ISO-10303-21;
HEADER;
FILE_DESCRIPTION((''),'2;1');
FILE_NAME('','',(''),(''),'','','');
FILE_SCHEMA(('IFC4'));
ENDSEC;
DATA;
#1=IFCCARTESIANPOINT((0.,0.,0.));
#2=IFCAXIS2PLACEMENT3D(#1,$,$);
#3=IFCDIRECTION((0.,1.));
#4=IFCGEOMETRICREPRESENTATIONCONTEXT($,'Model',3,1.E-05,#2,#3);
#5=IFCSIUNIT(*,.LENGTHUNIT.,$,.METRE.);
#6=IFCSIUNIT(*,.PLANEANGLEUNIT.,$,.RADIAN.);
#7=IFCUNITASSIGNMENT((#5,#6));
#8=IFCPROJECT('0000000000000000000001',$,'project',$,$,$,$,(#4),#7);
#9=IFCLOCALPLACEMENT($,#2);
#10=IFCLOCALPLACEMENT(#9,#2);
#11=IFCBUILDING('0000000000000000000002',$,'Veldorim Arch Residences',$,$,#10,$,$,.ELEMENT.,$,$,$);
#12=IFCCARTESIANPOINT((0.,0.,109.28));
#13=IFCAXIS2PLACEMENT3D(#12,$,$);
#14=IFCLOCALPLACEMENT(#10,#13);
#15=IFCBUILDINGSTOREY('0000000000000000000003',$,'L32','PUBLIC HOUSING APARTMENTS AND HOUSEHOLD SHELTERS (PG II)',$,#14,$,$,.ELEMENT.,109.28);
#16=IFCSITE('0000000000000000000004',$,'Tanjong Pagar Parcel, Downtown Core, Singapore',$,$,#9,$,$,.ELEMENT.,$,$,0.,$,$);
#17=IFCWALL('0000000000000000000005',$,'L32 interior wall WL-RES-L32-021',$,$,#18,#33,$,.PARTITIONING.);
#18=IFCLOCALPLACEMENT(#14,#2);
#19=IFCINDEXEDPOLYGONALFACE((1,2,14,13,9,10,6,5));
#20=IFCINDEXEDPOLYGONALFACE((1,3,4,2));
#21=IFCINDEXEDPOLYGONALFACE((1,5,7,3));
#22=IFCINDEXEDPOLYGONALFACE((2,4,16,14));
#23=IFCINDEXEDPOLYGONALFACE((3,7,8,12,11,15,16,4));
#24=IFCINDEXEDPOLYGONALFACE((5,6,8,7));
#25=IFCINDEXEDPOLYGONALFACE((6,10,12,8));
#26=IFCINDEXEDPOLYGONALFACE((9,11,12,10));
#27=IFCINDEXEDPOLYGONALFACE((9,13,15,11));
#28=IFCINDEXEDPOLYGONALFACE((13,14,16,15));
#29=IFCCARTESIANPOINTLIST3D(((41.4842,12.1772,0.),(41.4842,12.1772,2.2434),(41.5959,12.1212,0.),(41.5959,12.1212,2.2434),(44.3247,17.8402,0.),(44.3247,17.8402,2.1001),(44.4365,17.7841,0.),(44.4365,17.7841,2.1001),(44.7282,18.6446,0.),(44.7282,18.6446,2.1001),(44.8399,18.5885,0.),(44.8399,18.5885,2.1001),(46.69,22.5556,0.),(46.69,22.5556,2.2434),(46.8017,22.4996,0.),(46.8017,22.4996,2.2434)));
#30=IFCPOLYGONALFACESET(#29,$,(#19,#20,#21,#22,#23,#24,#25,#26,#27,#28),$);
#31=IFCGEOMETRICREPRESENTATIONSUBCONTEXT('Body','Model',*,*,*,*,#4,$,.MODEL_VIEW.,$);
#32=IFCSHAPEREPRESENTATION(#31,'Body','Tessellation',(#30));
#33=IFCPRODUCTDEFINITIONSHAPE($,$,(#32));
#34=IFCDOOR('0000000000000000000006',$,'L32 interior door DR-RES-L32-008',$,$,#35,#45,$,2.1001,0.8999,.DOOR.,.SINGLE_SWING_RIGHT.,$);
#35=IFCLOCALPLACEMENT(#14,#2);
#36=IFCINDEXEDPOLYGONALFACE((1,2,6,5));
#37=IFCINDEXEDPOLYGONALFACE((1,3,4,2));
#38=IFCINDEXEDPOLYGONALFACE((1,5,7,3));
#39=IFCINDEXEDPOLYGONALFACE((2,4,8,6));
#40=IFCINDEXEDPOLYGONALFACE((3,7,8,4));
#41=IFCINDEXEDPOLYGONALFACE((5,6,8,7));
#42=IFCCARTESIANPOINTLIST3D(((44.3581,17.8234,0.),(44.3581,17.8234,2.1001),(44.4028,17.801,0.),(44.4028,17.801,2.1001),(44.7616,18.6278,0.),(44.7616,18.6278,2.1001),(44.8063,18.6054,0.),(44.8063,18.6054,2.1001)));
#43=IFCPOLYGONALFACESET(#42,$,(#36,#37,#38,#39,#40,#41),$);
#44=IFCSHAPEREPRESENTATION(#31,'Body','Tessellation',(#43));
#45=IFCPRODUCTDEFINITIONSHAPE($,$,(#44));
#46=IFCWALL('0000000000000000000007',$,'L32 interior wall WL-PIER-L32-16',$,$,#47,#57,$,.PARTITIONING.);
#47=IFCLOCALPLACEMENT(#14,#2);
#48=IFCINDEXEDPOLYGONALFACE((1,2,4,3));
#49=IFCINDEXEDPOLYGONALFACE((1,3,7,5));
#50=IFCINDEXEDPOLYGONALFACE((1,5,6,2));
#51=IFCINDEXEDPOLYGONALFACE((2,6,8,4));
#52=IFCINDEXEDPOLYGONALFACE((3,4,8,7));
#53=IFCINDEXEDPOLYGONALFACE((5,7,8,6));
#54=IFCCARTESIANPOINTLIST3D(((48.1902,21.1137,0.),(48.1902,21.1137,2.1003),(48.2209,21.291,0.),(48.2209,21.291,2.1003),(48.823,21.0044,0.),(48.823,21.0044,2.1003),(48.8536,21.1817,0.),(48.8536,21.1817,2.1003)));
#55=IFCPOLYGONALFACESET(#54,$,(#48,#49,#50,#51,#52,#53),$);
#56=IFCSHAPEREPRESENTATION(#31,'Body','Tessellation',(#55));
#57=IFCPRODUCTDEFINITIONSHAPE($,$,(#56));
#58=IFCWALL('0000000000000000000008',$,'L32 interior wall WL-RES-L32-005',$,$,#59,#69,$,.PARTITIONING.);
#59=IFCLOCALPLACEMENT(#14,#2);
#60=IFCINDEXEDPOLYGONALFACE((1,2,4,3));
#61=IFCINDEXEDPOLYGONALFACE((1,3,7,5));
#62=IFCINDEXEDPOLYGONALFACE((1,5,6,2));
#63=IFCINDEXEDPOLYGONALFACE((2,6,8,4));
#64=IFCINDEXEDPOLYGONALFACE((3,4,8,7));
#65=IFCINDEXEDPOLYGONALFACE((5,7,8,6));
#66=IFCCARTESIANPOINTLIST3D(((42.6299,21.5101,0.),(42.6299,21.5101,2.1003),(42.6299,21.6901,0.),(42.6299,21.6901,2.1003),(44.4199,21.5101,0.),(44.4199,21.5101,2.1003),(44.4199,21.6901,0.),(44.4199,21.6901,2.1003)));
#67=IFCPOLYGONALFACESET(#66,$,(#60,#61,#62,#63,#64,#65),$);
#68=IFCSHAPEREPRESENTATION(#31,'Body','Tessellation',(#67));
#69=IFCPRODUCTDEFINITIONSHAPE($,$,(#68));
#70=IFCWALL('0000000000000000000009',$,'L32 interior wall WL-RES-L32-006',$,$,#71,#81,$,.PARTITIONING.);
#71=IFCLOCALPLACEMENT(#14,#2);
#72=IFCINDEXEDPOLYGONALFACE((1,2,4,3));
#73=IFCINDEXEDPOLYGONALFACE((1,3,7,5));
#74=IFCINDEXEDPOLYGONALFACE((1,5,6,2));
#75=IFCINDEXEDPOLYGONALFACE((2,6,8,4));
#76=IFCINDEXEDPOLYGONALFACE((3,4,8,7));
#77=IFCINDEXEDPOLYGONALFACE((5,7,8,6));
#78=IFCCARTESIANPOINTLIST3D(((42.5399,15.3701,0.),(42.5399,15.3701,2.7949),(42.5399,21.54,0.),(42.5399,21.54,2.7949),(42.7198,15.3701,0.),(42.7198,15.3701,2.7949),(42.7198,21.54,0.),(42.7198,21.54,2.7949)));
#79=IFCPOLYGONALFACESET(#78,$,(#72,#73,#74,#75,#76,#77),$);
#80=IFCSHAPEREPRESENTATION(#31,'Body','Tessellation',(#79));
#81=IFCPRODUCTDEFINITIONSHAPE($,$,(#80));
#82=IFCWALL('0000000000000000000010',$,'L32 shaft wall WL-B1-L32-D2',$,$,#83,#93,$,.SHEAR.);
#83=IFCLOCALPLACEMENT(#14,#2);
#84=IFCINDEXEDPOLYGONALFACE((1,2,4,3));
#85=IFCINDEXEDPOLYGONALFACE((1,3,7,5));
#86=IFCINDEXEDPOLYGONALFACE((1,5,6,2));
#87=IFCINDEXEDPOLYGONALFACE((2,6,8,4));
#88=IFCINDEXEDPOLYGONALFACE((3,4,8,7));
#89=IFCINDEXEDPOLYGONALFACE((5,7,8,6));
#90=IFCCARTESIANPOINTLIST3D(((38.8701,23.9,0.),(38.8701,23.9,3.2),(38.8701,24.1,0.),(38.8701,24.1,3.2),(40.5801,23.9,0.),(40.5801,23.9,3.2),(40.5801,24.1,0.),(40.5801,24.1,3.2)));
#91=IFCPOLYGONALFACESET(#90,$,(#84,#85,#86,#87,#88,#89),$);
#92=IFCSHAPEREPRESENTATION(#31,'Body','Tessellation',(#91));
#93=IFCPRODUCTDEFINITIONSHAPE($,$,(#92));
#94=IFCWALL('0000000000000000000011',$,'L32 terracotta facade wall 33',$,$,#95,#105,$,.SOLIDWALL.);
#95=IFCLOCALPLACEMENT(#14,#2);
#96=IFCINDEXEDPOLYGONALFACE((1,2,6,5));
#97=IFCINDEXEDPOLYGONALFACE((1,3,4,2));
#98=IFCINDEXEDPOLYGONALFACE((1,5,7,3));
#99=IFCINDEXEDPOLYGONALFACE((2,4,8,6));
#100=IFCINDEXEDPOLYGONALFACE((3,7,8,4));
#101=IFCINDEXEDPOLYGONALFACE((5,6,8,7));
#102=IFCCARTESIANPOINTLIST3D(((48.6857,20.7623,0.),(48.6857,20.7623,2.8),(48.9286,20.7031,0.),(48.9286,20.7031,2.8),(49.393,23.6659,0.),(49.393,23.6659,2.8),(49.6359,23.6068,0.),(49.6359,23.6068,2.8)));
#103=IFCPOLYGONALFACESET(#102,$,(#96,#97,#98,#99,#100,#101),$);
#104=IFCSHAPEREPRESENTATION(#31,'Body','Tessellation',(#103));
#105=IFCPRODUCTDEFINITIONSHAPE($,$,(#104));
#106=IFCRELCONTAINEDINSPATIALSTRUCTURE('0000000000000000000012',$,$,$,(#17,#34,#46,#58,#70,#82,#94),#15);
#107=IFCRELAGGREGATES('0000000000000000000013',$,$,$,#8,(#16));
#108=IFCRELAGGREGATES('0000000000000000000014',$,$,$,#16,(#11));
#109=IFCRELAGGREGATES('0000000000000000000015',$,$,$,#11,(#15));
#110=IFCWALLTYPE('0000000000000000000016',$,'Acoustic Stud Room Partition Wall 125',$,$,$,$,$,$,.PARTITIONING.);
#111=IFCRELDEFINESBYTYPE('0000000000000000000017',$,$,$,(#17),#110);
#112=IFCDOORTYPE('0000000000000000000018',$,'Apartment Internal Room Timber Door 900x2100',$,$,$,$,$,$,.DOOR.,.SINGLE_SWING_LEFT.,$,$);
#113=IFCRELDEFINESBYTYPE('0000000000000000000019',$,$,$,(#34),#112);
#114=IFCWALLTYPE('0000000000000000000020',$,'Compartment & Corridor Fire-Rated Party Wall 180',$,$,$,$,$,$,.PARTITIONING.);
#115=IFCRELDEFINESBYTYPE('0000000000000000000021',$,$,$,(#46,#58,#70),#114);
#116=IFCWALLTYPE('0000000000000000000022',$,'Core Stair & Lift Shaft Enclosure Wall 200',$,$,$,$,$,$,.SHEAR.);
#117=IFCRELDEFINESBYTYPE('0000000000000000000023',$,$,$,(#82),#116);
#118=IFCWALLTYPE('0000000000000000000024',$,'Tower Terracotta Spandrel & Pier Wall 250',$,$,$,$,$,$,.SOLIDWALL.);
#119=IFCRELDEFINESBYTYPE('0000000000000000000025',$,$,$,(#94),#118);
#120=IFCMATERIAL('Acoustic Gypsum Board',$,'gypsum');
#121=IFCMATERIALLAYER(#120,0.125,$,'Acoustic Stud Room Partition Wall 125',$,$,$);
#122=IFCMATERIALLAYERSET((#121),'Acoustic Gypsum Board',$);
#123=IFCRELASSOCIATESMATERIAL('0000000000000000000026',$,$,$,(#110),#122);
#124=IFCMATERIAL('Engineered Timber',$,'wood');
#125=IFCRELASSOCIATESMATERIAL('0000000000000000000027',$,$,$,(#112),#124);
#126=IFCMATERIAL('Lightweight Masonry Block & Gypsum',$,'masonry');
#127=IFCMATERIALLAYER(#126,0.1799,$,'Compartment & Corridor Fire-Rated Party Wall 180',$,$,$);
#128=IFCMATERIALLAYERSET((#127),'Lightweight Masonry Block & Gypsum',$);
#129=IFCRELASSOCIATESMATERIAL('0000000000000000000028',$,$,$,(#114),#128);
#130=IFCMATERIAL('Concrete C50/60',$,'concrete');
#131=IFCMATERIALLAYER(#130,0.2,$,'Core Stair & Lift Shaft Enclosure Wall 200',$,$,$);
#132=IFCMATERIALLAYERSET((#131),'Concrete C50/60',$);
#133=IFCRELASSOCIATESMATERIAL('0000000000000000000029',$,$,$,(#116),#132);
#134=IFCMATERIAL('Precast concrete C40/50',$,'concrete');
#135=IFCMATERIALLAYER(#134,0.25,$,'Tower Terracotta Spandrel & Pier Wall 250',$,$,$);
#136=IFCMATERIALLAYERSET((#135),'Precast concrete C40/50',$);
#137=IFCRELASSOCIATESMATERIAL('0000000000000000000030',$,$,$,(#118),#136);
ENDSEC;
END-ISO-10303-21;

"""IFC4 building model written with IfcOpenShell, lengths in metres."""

from ifc_helpers import new_model, si_unit, direction, frame, frame_2d, origin, place, context, subcontext, project, spatial, rectangle, extrude, material, layer, layer_set, type_object, element, fill, save


model = new_model("IFC4")

# Units and contexts
model_context = context("Model", 3, precision=1e-05, world=origin(), true_north=direction((0.0, 1.0)))
body_context = subcontext(model_context, "Body", "Model", "MODEL_VIEW")
ifc_project = project(units=[si_unit("LENGTHUNIT", "METRE"), si_unit("PLANEANGLEUNIT", "RADIAN")], contexts=[model_context])

# Site, building, storey
site_placement = place(None, origin())
site = spatial("IfcSite", under=ifc_project, at=site_placement, Name="Tanjong Pagar Parcel, Downtown Core, Singapore", CompositionType="ELEMENT", RefElevation=0.0)
building_placement = place(site_placement, origin())
building = spatial("IfcBuilding", under=site, at=building_placement, Name="Veldorim Arch Residences", CompositionType="ELEMENT")
storey_placement = place(building_placement, frame((0.0, 0.0, 109.28)))
storey = spatial("IfcBuildingStorey", under=building, at=storey_placement, Name="L32", Description="PUBLIC HOUSING APARTMENTS AND HOUSEHOLD SHELTERS (PG II)", CompositionType="ELEMENT", Elevation=109.28)

# Wall, opening, door
ifc_material_1 = material(Name="Acoustic Gypsum Board", Category="gypsum")
ifc_layer_1 = layer(ifc_material_1, 0.125, Name="Acoustic Stud Room Partition Wall 125")
ifc_layer_set_1 = layer_set([ifc_layer_1], Name="Acoustic Gypsum Board")
wall_type_1 = type_object("IfcWallType", Name="Acoustic Stud Room Partition Wall 125", PredefinedType="PARTITIONING", material=ifc_layer_set_1)
ifc_material_2 = material(Name="Engineered Timber", Category="wood")
door_type = type_object("IfcDoorType", Name="Apartment Internal Room Timber Door 900x2100", OperationType="SINGLE_SWING_LEFT", PredefinedType="DOOR", material=ifc_material_2)
wall_1_placement = place(storey_placement, frame((46.7458, 22.5276, 0.0), z_axis=(0.0, 0.0, 1.0), x_axis=(-0.448357, -0.893855, 0.0)))
wall_1 = element("IfcWall", 1, at=wall_1_placement, inside=storey, type_object=wall_type_1, Name="L32 interior wall WL-RES-L32-021", PredefinedType="PARTITIONING", context=body_context, shape_type="SweptSolid", body=[
    extrude(rectangle(XDim=11.6108, YDim=0.125, at=frame_2d((5.8054, 0.0))), origin(), (0.0, 0.0, 1.0), 2.2434),
])
opening_1_placement = place(wall_1_placement, frame((4.3755, 0.0, 0.0)))
opening_1 = element("IfcOpeningElement", 2, at=opening_1_placement, cuts=wall_1, PredefinedType="OPENING", context=body_context, shape_type="SweptSolid", body=[
    extrude(rectangle(XDim=0.8999, YDim=2.1001, at=frame_2d((0.45, 1.05))), frame((0.0, 0.0725, 0.0), z_axis=(0.0, -1.0, 0.0), x_axis=(1.0, 0.0, 0.0)), (0.0, 0.0, 1.0), 0.145),
])
door_1_placement = place(opening_1_placement, origin())
door_1 = element("IfcDoor", 3, at=door_1_placement, inside=storey, type_object=door_type, Name="L32 interior door DR-RES-L32-008", OperationType="SINGLE_SWING_RIGHT", OverallHeight=2.1001, OverallWidth=0.8999, PredefinedType="DOOR", context=body_context, shape_type="SweptSolid", body=[
    extrude(rectangle(XDim=0.8999, YDim=2.1001, at=frame_2d((0.45, 1.05))), frame((0.0, 0.0249, 0.0), z_axis=(0.0, -1.0, 0.0), x_axis=(1.0, 0.0, 0.0)), (0.0, 0.0, 1.0), 0.05),
])
fill(opening_1, door_1)

# Walls
ifc_material_3 = material(Name="Lightweight Masonry Block & Gypsum", Category="masonry")
ifc_layer_2 = layer(ifc_material_3, 0.1799, Name="Compartment & Corridor Fire-Rated Party Wall 180")
ifc_layer_set_2 = layer_set([ifc_layer_2], Name="Lightweight Masonry Block & Gypsum")
wall_type_2 = type_object("IfcWallType", Name="Compartment & Corridor Fire-Rated Party Wall 180", PredefinedType="PARTITIONING", material=ifc_layer_set_2)
wall_2_placement = place(storey_placement, frame((48.2056, 21.2024, 0.0), z_axis=(0.0, 0.0, 1.0), x_axis=(0.98539, -0.170314, 0.0)))
element("IfcWall", 4, at=wall_2_placement, inside=storey, type_object=wall_type_2, Name="L32 interior wall WL-PIER-L32-16", PredefinedType="PARTITIONING", context=body_context, shape_type="SweptSolid", body=[
    extrude(rectangle(XDim=0.6421, YDim=0.1799, at=frame_2d((0.321, 0.0))), origin(), (0.0, 0.0, 1.0), 2.1003),
])
wall_3_placement = place(storey_placement, frame((44.4199, 21.6001, 0.0), z_axis=(0.0, 0.0, 1.0), x_axis=(-1.0, 0.0, 0.0)))
element("IfcWall", 5, at=wall_3_placement, inside=storey, type_object=wall_type_2, Name="L32 interior wall WL-RES-L32-005", PredefinedType="PARTITIONING", context=body_context, shape_type="SweptSolid", body=[
    extrude(rectangle(XDim=1.79, YDim=0.1799, at=frame_2d((0.895, 0.0))), origin(), (0.0, 0.0, 1.0), 2.1003),
])
wall_4_placement = place(storey_placement, frame((42.6299, 21.54, 0.0), z_axis=(0.0, 0.0, 1.0), x_axis=(0.0, -1.0, 0.0)))
element("IfcWall", 6, at=wall_4_placement, inside=storey, type_object=wall_type_2, Name="L32 interior wall WL-RES-L32-006", PredefinedType="PARTITIONING", context=body_context, shape_type="SweptSolid", body=[
    extrude(rectangle(XDim=6.1699, YDim=0.1799, at=frame_2d((3.085, 0.0))), origin(), (0.0, 0.0, 1.0), 2.7949),
])
ifc_material_4 = material(Name="Concrete C50/60", Category="concrete")
ifc_layer_3 = layer(ifc_material_4, 0.2, Name="Core Stair & Lift Shaft Enclosure Wall 200")
ifc_layer_set_3 = layer_set([ifc_layer_3], Name="Concrete C50/60")
wall_type_3 = type_object("IfcWallType", Name="Core Stair & Lift Shaft Enclosure Wall 200", PredefinedType="SHEAR", material=ifc_layer_set_3)
wall_5_placement = place(storey_placement, frame((38.8701, 24.0, 0.0), z_axis=(0.0, 0.0, 1.0), x_axis=(1.0, 0.0, 0.0)))
element("IfcWall", 7, at=wall_5_placement, inside=storey, type_object=wall_type_3, Name="L32 shaft wall WL-B1-L32-D2", PredefinedType="SHEAR", context=body_context, shape_type="SweptSolid", body=[
    extrude(rectangle(XDim=1.71, YDim=0.2, at=frame_2d((0.855, 0.0))), origin(), (0.0, 0.0, 1.0), 3.2),
])
ifc_material_5 = material(Name="Precast concrete C40/50", Category="concrete")
ifc_layer_4 = layer(ifc_material_5, 0.25, Name="Tower Terracotta Spandrel & Pier Wall 250")
ifc_layer_set_4 = layer_set([ifc_layer_4], Name="Precast concrete C40/50")
wall_type_4 = type_object("IfcWallType", Name="Tower Terracotta Spandrel & Pier Wall 250", PredefinedType="SOLIDWALL", material=ifc_layer_set_4)
wall_6_placement = place(storey_placement, frame((49.5144, 23.6362, 0.0), z_axis=(0.0, 0.0, 1.0), x_axis=(-0.236668, -0.97159, 0.0)))
element("IfcWall", 8, at=wall_6_placement, inside=storey, type_object=wall_type_4, Name="L32 terracotta facade wall 33", PredefinedType="SOLIDWALL", context=body_context, shape_type="SweptSolid", body=[
    extrude(rectangle(XDim=2.9885, YDim=0.25, at=frame_2d((1.4941, 0.0))), origin(), (0.0, 0.0, 1.0), 2.8),
])

save(model, "model.ifc")
